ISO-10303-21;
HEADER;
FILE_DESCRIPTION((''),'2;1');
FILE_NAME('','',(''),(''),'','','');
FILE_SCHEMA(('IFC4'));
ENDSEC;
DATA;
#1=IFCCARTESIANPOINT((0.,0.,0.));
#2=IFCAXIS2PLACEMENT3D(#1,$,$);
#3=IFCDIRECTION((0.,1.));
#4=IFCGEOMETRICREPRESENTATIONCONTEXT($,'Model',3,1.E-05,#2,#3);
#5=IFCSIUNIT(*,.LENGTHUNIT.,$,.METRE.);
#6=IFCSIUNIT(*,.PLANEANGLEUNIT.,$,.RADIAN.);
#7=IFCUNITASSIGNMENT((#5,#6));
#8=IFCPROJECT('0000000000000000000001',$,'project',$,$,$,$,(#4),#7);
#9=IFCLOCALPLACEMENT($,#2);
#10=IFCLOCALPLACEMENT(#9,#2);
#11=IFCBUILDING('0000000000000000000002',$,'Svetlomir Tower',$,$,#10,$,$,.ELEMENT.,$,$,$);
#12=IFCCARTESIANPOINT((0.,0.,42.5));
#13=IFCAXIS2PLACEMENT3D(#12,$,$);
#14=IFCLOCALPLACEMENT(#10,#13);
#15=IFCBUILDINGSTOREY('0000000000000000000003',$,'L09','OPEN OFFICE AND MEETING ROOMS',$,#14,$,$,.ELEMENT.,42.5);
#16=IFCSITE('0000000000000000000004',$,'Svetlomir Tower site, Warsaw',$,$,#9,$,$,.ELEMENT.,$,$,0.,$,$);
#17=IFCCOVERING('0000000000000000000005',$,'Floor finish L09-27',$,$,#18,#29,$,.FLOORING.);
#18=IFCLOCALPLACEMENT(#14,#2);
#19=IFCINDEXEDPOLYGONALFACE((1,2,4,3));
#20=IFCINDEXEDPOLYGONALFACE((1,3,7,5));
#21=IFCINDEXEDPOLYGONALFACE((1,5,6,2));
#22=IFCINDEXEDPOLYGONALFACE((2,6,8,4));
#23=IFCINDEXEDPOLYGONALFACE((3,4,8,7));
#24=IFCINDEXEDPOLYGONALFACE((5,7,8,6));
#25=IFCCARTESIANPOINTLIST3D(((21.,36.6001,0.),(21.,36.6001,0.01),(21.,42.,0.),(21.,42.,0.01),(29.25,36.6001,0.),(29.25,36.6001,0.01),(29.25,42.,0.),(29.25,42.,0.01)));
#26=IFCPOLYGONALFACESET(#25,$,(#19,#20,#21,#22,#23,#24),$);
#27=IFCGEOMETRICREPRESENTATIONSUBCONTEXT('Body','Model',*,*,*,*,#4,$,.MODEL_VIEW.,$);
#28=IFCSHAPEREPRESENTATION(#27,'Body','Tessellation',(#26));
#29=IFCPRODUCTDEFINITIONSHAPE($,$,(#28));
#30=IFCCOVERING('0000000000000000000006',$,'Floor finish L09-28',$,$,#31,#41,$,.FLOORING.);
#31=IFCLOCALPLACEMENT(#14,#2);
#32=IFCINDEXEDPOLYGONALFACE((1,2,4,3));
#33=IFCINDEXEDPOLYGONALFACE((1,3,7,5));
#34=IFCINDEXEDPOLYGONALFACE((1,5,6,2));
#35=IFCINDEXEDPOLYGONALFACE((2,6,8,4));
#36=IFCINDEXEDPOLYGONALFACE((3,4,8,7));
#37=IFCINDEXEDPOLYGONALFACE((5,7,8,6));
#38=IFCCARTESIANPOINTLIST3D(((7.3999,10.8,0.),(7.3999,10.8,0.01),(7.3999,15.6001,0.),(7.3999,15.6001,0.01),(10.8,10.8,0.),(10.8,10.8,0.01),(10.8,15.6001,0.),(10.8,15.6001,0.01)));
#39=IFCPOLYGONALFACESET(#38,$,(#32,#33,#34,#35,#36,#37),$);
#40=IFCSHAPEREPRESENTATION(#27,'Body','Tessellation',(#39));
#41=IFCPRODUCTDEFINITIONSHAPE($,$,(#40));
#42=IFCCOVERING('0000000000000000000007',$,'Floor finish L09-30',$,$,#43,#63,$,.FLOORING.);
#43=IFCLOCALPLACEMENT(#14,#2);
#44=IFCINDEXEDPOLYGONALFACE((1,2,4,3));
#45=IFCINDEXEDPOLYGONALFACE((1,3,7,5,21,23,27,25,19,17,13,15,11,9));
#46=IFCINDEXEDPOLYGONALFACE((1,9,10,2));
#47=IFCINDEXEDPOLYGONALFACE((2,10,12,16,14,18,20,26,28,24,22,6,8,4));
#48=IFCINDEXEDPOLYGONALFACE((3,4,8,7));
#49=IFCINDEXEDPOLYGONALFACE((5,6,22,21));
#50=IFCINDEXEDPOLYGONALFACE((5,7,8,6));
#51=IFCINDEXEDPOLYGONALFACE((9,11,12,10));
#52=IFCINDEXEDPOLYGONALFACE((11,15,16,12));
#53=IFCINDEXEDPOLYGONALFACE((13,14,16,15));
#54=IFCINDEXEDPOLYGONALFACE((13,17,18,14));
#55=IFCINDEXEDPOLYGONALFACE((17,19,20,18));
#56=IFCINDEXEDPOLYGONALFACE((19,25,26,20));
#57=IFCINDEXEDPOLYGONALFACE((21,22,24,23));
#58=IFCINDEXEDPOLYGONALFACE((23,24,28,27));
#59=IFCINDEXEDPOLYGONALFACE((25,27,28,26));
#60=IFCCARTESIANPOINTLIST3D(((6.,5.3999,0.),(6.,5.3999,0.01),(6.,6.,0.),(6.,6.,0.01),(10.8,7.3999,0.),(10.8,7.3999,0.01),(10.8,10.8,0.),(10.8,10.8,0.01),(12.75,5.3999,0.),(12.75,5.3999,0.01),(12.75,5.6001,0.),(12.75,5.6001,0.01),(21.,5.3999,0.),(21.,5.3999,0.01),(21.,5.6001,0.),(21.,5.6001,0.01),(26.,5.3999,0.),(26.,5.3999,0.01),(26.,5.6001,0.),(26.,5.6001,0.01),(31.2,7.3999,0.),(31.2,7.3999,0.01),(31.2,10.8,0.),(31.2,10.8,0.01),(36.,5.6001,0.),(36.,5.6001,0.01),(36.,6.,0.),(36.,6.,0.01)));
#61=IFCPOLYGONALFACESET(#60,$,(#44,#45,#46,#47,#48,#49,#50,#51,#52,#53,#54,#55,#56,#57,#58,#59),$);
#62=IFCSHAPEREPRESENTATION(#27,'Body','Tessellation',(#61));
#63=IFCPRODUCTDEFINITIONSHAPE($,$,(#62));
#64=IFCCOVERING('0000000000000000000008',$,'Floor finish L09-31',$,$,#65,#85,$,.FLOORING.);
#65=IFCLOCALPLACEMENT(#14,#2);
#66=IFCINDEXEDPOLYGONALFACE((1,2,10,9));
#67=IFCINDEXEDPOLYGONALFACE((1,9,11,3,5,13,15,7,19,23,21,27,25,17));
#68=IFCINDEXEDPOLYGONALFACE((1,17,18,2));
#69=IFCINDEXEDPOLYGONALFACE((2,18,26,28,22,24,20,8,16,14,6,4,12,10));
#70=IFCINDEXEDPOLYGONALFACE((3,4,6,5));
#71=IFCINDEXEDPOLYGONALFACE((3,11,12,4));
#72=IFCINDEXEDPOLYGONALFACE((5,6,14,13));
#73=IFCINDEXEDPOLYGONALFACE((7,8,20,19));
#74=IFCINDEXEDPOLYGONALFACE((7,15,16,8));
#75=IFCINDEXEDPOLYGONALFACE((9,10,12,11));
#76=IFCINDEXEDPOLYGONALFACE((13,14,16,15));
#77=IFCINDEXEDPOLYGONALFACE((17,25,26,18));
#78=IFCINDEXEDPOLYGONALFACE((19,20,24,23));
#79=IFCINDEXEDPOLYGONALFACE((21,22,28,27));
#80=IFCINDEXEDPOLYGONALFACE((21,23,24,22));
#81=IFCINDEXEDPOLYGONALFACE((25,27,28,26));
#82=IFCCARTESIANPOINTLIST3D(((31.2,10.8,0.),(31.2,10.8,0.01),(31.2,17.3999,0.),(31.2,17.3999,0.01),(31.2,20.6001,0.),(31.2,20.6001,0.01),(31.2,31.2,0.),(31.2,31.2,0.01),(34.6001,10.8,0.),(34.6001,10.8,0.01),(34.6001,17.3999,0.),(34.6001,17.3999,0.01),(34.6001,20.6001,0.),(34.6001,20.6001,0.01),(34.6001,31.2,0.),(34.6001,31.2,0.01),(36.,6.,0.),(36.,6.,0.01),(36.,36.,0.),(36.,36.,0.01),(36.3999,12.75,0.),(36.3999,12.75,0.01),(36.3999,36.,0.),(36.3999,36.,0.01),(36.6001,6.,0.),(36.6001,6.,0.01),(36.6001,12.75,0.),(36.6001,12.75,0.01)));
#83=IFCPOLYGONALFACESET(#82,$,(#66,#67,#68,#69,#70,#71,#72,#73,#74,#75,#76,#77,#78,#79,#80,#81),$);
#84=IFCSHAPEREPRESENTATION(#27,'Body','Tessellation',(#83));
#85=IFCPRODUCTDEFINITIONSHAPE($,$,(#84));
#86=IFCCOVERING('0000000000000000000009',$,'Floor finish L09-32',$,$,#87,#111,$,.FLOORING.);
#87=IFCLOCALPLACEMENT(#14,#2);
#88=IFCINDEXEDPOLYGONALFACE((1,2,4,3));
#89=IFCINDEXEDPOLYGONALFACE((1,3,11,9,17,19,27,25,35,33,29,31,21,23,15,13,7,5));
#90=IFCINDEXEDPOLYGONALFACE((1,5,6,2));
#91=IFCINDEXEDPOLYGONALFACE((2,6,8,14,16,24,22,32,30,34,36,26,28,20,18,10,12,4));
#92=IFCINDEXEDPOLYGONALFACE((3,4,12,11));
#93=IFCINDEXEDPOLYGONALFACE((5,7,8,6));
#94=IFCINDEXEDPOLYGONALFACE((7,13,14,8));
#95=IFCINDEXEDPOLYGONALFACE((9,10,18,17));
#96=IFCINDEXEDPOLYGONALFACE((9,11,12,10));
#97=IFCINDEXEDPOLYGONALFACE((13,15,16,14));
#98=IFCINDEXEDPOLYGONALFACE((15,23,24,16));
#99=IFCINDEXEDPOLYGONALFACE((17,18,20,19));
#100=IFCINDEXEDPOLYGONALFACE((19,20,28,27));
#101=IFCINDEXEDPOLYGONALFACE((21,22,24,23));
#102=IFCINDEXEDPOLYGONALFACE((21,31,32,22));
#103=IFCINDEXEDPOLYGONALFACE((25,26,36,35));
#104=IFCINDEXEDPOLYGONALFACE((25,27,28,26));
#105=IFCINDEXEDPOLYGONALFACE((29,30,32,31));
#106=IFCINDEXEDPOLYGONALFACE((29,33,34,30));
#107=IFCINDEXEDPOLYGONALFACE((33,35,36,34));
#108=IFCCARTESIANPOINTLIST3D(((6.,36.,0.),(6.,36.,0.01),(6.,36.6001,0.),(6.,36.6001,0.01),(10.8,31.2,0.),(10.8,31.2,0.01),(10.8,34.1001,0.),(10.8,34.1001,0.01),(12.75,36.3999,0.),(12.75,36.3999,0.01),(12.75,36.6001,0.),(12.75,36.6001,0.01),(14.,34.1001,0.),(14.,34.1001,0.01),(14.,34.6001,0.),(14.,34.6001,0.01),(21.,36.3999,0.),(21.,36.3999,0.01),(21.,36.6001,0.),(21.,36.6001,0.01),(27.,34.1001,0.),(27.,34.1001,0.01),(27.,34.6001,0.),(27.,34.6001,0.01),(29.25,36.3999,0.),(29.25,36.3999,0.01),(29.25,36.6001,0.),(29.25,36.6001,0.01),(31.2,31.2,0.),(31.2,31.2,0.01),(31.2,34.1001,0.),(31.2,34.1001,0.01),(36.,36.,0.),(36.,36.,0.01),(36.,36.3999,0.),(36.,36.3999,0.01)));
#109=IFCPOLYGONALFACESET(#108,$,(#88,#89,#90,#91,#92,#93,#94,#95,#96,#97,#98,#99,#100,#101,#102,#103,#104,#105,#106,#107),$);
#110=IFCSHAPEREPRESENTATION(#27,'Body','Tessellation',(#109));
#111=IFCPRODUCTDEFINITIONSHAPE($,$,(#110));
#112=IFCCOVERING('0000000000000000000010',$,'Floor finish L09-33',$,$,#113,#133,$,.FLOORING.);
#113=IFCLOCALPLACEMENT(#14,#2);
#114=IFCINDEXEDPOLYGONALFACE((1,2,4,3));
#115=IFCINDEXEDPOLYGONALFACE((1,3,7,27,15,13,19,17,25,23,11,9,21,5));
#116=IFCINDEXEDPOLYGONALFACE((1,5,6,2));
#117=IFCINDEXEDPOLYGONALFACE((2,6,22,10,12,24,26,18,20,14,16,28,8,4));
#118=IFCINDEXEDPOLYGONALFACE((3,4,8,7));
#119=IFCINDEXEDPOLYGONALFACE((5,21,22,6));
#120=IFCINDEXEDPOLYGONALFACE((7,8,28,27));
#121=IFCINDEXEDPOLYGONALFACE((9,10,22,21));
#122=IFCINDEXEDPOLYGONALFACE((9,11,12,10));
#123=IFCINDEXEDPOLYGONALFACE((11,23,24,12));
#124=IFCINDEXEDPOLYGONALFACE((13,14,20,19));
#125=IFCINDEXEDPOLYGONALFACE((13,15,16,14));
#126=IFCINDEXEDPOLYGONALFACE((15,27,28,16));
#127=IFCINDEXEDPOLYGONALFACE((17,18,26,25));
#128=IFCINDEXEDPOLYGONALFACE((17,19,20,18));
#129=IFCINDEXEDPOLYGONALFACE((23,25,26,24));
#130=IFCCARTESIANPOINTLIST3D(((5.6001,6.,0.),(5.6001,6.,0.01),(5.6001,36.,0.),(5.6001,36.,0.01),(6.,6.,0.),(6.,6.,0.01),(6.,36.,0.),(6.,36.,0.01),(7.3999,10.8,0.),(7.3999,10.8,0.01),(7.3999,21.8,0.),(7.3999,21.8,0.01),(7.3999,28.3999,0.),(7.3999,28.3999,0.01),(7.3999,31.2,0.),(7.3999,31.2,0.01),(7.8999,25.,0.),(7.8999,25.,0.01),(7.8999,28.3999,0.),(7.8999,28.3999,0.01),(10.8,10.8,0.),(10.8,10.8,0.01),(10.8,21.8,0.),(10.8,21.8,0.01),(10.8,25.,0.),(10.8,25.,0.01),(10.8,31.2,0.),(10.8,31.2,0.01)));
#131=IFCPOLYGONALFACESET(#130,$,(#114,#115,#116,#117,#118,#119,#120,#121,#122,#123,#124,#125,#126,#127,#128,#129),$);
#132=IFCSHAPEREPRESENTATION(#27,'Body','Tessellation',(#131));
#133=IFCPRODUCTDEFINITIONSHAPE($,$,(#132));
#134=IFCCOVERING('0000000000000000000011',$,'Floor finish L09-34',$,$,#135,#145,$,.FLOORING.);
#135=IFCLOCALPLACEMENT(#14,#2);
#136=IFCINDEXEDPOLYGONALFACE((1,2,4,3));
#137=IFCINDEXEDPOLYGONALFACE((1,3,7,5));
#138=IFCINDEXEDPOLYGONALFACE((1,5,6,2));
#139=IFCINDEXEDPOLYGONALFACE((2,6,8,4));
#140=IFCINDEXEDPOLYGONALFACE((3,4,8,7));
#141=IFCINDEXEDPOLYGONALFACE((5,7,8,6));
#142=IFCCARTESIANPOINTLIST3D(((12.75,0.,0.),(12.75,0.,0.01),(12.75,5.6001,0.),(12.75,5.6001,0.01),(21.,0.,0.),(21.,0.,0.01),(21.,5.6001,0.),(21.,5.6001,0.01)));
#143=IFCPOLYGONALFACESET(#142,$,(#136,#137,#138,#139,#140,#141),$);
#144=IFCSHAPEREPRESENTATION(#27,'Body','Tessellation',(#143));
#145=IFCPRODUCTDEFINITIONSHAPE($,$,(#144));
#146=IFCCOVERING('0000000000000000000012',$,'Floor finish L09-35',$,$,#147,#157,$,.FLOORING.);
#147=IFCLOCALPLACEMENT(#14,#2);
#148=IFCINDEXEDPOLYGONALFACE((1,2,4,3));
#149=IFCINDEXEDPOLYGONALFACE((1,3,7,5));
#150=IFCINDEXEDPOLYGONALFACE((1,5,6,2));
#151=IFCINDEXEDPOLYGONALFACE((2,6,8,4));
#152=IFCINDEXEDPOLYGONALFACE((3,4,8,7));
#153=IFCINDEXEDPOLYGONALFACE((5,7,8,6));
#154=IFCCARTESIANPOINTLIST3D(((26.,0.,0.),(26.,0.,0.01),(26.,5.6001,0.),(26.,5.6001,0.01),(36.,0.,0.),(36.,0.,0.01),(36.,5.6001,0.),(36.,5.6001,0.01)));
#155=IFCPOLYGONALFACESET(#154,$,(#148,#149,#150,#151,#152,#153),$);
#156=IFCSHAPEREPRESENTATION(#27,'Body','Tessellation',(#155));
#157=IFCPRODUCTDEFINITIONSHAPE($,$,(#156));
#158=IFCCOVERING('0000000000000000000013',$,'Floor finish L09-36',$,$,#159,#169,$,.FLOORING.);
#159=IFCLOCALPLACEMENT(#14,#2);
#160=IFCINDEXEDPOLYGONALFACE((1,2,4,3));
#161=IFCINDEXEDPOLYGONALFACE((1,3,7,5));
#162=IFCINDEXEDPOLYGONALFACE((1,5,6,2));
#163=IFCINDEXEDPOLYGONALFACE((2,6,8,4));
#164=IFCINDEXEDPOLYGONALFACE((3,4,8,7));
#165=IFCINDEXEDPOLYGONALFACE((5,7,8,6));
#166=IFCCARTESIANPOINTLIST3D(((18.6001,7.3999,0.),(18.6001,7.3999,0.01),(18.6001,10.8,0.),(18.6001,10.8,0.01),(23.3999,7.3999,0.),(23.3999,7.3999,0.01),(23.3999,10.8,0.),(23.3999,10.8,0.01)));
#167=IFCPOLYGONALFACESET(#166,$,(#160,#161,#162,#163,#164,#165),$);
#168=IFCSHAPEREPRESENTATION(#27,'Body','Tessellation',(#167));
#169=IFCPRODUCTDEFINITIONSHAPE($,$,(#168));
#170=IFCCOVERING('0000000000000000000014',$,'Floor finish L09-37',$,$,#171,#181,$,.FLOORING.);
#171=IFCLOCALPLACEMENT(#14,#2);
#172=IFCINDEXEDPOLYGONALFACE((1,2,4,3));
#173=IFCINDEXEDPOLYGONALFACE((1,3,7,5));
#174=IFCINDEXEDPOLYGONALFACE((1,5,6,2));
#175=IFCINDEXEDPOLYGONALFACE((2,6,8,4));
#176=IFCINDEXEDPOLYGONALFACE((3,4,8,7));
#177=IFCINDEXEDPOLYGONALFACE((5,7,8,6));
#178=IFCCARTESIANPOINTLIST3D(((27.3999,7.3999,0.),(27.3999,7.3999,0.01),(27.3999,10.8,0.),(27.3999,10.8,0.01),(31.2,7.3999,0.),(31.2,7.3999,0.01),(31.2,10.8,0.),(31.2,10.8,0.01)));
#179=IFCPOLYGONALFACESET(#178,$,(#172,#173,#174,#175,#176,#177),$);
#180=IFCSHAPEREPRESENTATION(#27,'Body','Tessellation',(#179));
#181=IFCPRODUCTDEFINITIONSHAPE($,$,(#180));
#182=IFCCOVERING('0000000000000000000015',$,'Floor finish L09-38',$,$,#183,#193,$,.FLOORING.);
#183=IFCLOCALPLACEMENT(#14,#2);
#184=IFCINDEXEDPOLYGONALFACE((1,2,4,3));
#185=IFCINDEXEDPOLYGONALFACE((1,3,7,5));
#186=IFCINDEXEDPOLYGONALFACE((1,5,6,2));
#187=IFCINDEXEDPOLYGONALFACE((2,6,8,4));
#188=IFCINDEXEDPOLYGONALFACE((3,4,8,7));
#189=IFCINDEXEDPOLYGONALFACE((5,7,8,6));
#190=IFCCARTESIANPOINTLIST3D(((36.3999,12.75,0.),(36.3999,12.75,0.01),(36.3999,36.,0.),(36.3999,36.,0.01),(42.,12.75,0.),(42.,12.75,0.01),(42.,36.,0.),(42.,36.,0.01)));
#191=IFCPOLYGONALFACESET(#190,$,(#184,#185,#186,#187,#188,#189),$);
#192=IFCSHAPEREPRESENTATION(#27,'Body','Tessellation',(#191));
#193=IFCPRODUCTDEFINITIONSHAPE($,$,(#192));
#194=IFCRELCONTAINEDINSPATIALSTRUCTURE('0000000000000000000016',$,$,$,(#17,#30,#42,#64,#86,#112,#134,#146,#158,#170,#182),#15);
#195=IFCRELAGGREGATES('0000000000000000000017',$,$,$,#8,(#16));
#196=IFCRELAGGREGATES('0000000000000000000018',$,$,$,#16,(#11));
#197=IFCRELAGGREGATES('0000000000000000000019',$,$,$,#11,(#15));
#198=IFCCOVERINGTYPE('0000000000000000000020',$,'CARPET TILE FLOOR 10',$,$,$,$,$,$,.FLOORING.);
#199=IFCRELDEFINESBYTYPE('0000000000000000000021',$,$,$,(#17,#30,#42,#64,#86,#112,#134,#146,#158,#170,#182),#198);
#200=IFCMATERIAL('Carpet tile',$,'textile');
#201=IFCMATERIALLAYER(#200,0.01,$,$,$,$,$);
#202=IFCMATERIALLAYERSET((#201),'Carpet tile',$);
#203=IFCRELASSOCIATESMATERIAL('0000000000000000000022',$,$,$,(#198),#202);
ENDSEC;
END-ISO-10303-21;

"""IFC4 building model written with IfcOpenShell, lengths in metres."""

from ifc_helpers import new_model, si_unit, direction, frame, origin, place, context, subcontext, project, spatial, polyline, outline, extrude, material, layer, layer_set, type_object, element, save


model = new_model("IFC4")

# Units and contexts
model_context = context("Model", 3, precision=1e-05, world=origin(), true_north=direction((0.0, 1.0)))
body_context = subcontext(model_context, "Body", "Model", "MODEL_VIEW")
ifc_project = project(units=[si_unit("LENGTHUNIT", "METRE"), si_unit("PLANEANGLEUNIT", "RADIAN")], contexts=[model_context])

# Site, building, storey
site_placement = place(None, origin())
site = spatial("IfcSite", under=ifc_project, at=site_placement, Name="Svetlomir Tower site, Warsaw", CompositionType="ELEMENT", RefElevation=0.0)
building_placement = place(site_placement, origin())
building = spatial("IfcBuilding", under=site, at=building_placement, Name="Svetlomir Tower", CompositionType="ELEMENT")
storey_placement = place(building_placement, frame((0.0, 0.0, 42.5)))
storey = spatial("IfcBuildingStorey", under=building, at=storey_placement, Name="L09", Description="OPEN OFFICE AND MEETING ROOMS", CompositionType="ELEMENT", Elevation=42.5)

# Coverings
ifc_material_1 = material(Name="Carpet tile", Category="textile")
ifc_layer_1 = layer(ifc_material_1, 0.01)
ifc_layer_set_1 = layer_set([ifc_layer_1], Name="Carpet tile")
covering_type_1 = type_object("IfcCoveringType", Name="CARPET TILE FLOOR 10", PredefinedType="FLOORING", material=ifc_layer_set_1)
covering_1_placement = place(storey_placement, origin())
element("IfcCovering", 1, at=covering_1_placement, inside=storey, type_object=covering_type_1, Name="Floor finish L09-27", PredefinedType="FLOORING", context=body_context, shape_type="SweptSolid", body=[
    extrude(outline(polyline([(21.0, 36.6001), (29.25, 36.6001), (29.25, 42.0), (21.0, 42.0), (21.0, 36.6001)])), origin(), (0.0, 0.0, 1.0), 0.01),
])
covering_2_placement = place(storey_placement, origin())
element("IfcCovering", 2, at=covering_2_placement, inside=storey, type_object=covering_type_1, Name="Floor finish L09-28", PredefinedType="FLOORING", context=body_context, shape_type="SweptSolid", body=[
    extrude(outline(polyline([(7.3999, 10.8), (10.8, 10.8), (10.8, 15.6001), (7.3999, 15.6001), (7.3999, 10.8)])), origin(), (0.0, 0.0, 1.0), 0.01),
])
covering_3_placement = place(storey_placement, origin())
element("IfcCovering", 3, at=covering_3_placement, inside=storey, type_object=covering_type_1, Name="Floor finish L09-30", PredefinedType="FLOORING", context=body_context, shape_type="SweptSolid", body=[
    extrude(outline(polyline([(6.0, 6.0), (10.8, 10.8), (10.8, 7.3999), (31.2, 7.3999), (31.2, 10.8), (36.0, 6.0), (36.0, 5.6001), (26.0, 5.6001), (26.0, 5.3999), (21.0, 5.3999), (21.0, 5.6001), (12.75, 5.6001), (12.75, 5.3999), (6.0, 5.3999), (6.0, 6.0)])), origin(), (0.0, 0.0, 1.0), 0.01),
])
covering_4_placement = place(storey_placement, origin())
element("IfcCovering", 4, at=covering_4_placement, inside=storey, type_object=covering_type_1, Name="Floor finish L09-31", PredefinedType="FLOORING", context=body_context, shape_type="SweptSolid", body=[
    extrude(outline(polyline([(31.2, 10.8), (34.6001, 10.8), (34.6001, 17.3999), (31.2, 17.3999), (31.2, 20.6001), (34.6001, 20.6001), (34.6001, 31.2), (31.2, 31.2), (36.0, 36.0), (36.3999, 36.0), (36.3999, 12.75), (36.6001, 12.75), (36.6001, 6.0), (36.0, 6.0), (31.2, 10.8)])), origin(), (0.0, 0.0, 1.0), 0.01),
])
covering_5_placement = place(storey_placement, origin())
element("IfcCovering", 5, at=covering_5_placement, inside=storey, type_object=covering_type_1, Name="Floor finish L09-32", PredefinedType="FLOORING", context=body_context, shape_type="SweptSolid", body=[
    extrude(outline(polyline([(6.0, 36.6001), (12.75, 36.6001), (12.75, 36.3999), (21.0, 36.3999), (21.0, 36.6001), (29.25, 36.6001), (29.25, 36.3999), (36.0, 36.3999), (36.0, 36.0), (31.2, 31.2), (31.2, 34.1001), (27.0, 34.1001), (27.0, 34.6001), (14.0, 34.6001), (14.0, 34.1001), (10.8, 34.1001), (10.8, 31.2), (6.0, 36.0), (6.0, 36.6001)])), origin(), (0.0, 0.0, 1.0), 0.01),
])
covering_6_placement = place(storey_placement, origin())
element("IfcCovering", 6, at=covering_6_placement, inside=storey, type_object=covering_type_1, Name="Floor finish L09-33", PredefinedType="FLOORING", context=body_context, shape_type="SweptSolid", body=[
    extrude(outline(polyline([(5.6001, 6.0), (5.6001, 36.0), (6.0, 36.0), (10.8, 31.2), (7.3999, 31.2), (7.3999, 28.3999), (7.8999, 28.3999), (7.8999, 25.0), (10.8, 25.0), (10.8, 21.8), (7.3999, 21.8), (7.3999, 10.8), (10.8, 10.8), (6.0, 6.0), (5.6001, 6.0)])), origin(), (0.0, 0.0, 1.0), 0.01),
])
covering_7_placement = place(storey_placement, origin())
element("IfcCovering", 7, at=covering_7_placement, inside=storey, type_object=covering_type_1, Name="Floor finish L09-34", PredefinedType="FLOORING", context=body_context, shape_type="SweptSolid", body=[
    extrude(outline(polyline([(12.75, 5.6001), (21.0, 5.6001), (21.0, 0.0), (12.75, 0.0), (12.75, 5.6001)])), origin(), (0.0, 0.0, 1.0), 0.01),
])
covering_8_placement = place(storey_placement, origin())
element("IfcCovering", 8, at=covering_8_placement, inside=storey, type_object=covering_type_1, Name="Floor finish L09-35", PredefinedType="FLOORING", context=body_context, shape_type="SweptSolid", body=[
    extrude(outline(polyline([(26.0, 0.0), (26.0, 5.6001), (36.0, 5.6001), (36.0, 0.0), (26.0, 0.0)])), origin(), (0.0, 0.0, 1.0), 0.01),
])
covering_9_placement = place(storey_placement, origin())
element("IfcCovering", 9, at=covering_9_placement, inside=storey, type_object=covering_type_1, Name="Floor finish L09-36", PredefinedType="FLOORING", context=body_context, shape_type="SweptSolid", body=[
    extrude(outline(polyline([(23.3999, 10.8), (23.3999, 7.3999), (18.6001, 7.3999), (18.6001, 10.8), (23.3999, 10.8)])), origin(), (0.0, 0.0, 1.0), 0.01),
])
covering_10_placement = place(storey_placement, origin())
element("IfcCovering", 10, at=covering_10_placement, inside=storey, type_object=covering_type_1, Name="Floor finish L09-37", PredefinedType="FLOORING", context=body_context, shape_type="SweptSolid", body=[
    extrude(outline(polyline([(31.2, 10.8), (31.2, 7.3999), (27.3999, 7.3999), (27.3999, 10.8), (31.2, 10.8)])), origin(), (0.0, 0.0, 1.0), 0.01),
])
covering_11_placement = place(storey_placement, origin())
element("IfcCovering", 11, at=covering_11_placement, inside=storey, type_object=covering_type_1, Name="Floor finish L09-38", PredefinedType="FLOORING", context=body_context, shape_type="SweptSolid", body=[
    extrude(outline(polyline([(42.0, 12.75), (36.3999, 12.75), (36.3999, 36.0), (42.0, 36.0), (42.0, 12.75)])), origin(), (0.0, 0.0, 1.0), 0.01),
])

save(model, "model.ifc")
